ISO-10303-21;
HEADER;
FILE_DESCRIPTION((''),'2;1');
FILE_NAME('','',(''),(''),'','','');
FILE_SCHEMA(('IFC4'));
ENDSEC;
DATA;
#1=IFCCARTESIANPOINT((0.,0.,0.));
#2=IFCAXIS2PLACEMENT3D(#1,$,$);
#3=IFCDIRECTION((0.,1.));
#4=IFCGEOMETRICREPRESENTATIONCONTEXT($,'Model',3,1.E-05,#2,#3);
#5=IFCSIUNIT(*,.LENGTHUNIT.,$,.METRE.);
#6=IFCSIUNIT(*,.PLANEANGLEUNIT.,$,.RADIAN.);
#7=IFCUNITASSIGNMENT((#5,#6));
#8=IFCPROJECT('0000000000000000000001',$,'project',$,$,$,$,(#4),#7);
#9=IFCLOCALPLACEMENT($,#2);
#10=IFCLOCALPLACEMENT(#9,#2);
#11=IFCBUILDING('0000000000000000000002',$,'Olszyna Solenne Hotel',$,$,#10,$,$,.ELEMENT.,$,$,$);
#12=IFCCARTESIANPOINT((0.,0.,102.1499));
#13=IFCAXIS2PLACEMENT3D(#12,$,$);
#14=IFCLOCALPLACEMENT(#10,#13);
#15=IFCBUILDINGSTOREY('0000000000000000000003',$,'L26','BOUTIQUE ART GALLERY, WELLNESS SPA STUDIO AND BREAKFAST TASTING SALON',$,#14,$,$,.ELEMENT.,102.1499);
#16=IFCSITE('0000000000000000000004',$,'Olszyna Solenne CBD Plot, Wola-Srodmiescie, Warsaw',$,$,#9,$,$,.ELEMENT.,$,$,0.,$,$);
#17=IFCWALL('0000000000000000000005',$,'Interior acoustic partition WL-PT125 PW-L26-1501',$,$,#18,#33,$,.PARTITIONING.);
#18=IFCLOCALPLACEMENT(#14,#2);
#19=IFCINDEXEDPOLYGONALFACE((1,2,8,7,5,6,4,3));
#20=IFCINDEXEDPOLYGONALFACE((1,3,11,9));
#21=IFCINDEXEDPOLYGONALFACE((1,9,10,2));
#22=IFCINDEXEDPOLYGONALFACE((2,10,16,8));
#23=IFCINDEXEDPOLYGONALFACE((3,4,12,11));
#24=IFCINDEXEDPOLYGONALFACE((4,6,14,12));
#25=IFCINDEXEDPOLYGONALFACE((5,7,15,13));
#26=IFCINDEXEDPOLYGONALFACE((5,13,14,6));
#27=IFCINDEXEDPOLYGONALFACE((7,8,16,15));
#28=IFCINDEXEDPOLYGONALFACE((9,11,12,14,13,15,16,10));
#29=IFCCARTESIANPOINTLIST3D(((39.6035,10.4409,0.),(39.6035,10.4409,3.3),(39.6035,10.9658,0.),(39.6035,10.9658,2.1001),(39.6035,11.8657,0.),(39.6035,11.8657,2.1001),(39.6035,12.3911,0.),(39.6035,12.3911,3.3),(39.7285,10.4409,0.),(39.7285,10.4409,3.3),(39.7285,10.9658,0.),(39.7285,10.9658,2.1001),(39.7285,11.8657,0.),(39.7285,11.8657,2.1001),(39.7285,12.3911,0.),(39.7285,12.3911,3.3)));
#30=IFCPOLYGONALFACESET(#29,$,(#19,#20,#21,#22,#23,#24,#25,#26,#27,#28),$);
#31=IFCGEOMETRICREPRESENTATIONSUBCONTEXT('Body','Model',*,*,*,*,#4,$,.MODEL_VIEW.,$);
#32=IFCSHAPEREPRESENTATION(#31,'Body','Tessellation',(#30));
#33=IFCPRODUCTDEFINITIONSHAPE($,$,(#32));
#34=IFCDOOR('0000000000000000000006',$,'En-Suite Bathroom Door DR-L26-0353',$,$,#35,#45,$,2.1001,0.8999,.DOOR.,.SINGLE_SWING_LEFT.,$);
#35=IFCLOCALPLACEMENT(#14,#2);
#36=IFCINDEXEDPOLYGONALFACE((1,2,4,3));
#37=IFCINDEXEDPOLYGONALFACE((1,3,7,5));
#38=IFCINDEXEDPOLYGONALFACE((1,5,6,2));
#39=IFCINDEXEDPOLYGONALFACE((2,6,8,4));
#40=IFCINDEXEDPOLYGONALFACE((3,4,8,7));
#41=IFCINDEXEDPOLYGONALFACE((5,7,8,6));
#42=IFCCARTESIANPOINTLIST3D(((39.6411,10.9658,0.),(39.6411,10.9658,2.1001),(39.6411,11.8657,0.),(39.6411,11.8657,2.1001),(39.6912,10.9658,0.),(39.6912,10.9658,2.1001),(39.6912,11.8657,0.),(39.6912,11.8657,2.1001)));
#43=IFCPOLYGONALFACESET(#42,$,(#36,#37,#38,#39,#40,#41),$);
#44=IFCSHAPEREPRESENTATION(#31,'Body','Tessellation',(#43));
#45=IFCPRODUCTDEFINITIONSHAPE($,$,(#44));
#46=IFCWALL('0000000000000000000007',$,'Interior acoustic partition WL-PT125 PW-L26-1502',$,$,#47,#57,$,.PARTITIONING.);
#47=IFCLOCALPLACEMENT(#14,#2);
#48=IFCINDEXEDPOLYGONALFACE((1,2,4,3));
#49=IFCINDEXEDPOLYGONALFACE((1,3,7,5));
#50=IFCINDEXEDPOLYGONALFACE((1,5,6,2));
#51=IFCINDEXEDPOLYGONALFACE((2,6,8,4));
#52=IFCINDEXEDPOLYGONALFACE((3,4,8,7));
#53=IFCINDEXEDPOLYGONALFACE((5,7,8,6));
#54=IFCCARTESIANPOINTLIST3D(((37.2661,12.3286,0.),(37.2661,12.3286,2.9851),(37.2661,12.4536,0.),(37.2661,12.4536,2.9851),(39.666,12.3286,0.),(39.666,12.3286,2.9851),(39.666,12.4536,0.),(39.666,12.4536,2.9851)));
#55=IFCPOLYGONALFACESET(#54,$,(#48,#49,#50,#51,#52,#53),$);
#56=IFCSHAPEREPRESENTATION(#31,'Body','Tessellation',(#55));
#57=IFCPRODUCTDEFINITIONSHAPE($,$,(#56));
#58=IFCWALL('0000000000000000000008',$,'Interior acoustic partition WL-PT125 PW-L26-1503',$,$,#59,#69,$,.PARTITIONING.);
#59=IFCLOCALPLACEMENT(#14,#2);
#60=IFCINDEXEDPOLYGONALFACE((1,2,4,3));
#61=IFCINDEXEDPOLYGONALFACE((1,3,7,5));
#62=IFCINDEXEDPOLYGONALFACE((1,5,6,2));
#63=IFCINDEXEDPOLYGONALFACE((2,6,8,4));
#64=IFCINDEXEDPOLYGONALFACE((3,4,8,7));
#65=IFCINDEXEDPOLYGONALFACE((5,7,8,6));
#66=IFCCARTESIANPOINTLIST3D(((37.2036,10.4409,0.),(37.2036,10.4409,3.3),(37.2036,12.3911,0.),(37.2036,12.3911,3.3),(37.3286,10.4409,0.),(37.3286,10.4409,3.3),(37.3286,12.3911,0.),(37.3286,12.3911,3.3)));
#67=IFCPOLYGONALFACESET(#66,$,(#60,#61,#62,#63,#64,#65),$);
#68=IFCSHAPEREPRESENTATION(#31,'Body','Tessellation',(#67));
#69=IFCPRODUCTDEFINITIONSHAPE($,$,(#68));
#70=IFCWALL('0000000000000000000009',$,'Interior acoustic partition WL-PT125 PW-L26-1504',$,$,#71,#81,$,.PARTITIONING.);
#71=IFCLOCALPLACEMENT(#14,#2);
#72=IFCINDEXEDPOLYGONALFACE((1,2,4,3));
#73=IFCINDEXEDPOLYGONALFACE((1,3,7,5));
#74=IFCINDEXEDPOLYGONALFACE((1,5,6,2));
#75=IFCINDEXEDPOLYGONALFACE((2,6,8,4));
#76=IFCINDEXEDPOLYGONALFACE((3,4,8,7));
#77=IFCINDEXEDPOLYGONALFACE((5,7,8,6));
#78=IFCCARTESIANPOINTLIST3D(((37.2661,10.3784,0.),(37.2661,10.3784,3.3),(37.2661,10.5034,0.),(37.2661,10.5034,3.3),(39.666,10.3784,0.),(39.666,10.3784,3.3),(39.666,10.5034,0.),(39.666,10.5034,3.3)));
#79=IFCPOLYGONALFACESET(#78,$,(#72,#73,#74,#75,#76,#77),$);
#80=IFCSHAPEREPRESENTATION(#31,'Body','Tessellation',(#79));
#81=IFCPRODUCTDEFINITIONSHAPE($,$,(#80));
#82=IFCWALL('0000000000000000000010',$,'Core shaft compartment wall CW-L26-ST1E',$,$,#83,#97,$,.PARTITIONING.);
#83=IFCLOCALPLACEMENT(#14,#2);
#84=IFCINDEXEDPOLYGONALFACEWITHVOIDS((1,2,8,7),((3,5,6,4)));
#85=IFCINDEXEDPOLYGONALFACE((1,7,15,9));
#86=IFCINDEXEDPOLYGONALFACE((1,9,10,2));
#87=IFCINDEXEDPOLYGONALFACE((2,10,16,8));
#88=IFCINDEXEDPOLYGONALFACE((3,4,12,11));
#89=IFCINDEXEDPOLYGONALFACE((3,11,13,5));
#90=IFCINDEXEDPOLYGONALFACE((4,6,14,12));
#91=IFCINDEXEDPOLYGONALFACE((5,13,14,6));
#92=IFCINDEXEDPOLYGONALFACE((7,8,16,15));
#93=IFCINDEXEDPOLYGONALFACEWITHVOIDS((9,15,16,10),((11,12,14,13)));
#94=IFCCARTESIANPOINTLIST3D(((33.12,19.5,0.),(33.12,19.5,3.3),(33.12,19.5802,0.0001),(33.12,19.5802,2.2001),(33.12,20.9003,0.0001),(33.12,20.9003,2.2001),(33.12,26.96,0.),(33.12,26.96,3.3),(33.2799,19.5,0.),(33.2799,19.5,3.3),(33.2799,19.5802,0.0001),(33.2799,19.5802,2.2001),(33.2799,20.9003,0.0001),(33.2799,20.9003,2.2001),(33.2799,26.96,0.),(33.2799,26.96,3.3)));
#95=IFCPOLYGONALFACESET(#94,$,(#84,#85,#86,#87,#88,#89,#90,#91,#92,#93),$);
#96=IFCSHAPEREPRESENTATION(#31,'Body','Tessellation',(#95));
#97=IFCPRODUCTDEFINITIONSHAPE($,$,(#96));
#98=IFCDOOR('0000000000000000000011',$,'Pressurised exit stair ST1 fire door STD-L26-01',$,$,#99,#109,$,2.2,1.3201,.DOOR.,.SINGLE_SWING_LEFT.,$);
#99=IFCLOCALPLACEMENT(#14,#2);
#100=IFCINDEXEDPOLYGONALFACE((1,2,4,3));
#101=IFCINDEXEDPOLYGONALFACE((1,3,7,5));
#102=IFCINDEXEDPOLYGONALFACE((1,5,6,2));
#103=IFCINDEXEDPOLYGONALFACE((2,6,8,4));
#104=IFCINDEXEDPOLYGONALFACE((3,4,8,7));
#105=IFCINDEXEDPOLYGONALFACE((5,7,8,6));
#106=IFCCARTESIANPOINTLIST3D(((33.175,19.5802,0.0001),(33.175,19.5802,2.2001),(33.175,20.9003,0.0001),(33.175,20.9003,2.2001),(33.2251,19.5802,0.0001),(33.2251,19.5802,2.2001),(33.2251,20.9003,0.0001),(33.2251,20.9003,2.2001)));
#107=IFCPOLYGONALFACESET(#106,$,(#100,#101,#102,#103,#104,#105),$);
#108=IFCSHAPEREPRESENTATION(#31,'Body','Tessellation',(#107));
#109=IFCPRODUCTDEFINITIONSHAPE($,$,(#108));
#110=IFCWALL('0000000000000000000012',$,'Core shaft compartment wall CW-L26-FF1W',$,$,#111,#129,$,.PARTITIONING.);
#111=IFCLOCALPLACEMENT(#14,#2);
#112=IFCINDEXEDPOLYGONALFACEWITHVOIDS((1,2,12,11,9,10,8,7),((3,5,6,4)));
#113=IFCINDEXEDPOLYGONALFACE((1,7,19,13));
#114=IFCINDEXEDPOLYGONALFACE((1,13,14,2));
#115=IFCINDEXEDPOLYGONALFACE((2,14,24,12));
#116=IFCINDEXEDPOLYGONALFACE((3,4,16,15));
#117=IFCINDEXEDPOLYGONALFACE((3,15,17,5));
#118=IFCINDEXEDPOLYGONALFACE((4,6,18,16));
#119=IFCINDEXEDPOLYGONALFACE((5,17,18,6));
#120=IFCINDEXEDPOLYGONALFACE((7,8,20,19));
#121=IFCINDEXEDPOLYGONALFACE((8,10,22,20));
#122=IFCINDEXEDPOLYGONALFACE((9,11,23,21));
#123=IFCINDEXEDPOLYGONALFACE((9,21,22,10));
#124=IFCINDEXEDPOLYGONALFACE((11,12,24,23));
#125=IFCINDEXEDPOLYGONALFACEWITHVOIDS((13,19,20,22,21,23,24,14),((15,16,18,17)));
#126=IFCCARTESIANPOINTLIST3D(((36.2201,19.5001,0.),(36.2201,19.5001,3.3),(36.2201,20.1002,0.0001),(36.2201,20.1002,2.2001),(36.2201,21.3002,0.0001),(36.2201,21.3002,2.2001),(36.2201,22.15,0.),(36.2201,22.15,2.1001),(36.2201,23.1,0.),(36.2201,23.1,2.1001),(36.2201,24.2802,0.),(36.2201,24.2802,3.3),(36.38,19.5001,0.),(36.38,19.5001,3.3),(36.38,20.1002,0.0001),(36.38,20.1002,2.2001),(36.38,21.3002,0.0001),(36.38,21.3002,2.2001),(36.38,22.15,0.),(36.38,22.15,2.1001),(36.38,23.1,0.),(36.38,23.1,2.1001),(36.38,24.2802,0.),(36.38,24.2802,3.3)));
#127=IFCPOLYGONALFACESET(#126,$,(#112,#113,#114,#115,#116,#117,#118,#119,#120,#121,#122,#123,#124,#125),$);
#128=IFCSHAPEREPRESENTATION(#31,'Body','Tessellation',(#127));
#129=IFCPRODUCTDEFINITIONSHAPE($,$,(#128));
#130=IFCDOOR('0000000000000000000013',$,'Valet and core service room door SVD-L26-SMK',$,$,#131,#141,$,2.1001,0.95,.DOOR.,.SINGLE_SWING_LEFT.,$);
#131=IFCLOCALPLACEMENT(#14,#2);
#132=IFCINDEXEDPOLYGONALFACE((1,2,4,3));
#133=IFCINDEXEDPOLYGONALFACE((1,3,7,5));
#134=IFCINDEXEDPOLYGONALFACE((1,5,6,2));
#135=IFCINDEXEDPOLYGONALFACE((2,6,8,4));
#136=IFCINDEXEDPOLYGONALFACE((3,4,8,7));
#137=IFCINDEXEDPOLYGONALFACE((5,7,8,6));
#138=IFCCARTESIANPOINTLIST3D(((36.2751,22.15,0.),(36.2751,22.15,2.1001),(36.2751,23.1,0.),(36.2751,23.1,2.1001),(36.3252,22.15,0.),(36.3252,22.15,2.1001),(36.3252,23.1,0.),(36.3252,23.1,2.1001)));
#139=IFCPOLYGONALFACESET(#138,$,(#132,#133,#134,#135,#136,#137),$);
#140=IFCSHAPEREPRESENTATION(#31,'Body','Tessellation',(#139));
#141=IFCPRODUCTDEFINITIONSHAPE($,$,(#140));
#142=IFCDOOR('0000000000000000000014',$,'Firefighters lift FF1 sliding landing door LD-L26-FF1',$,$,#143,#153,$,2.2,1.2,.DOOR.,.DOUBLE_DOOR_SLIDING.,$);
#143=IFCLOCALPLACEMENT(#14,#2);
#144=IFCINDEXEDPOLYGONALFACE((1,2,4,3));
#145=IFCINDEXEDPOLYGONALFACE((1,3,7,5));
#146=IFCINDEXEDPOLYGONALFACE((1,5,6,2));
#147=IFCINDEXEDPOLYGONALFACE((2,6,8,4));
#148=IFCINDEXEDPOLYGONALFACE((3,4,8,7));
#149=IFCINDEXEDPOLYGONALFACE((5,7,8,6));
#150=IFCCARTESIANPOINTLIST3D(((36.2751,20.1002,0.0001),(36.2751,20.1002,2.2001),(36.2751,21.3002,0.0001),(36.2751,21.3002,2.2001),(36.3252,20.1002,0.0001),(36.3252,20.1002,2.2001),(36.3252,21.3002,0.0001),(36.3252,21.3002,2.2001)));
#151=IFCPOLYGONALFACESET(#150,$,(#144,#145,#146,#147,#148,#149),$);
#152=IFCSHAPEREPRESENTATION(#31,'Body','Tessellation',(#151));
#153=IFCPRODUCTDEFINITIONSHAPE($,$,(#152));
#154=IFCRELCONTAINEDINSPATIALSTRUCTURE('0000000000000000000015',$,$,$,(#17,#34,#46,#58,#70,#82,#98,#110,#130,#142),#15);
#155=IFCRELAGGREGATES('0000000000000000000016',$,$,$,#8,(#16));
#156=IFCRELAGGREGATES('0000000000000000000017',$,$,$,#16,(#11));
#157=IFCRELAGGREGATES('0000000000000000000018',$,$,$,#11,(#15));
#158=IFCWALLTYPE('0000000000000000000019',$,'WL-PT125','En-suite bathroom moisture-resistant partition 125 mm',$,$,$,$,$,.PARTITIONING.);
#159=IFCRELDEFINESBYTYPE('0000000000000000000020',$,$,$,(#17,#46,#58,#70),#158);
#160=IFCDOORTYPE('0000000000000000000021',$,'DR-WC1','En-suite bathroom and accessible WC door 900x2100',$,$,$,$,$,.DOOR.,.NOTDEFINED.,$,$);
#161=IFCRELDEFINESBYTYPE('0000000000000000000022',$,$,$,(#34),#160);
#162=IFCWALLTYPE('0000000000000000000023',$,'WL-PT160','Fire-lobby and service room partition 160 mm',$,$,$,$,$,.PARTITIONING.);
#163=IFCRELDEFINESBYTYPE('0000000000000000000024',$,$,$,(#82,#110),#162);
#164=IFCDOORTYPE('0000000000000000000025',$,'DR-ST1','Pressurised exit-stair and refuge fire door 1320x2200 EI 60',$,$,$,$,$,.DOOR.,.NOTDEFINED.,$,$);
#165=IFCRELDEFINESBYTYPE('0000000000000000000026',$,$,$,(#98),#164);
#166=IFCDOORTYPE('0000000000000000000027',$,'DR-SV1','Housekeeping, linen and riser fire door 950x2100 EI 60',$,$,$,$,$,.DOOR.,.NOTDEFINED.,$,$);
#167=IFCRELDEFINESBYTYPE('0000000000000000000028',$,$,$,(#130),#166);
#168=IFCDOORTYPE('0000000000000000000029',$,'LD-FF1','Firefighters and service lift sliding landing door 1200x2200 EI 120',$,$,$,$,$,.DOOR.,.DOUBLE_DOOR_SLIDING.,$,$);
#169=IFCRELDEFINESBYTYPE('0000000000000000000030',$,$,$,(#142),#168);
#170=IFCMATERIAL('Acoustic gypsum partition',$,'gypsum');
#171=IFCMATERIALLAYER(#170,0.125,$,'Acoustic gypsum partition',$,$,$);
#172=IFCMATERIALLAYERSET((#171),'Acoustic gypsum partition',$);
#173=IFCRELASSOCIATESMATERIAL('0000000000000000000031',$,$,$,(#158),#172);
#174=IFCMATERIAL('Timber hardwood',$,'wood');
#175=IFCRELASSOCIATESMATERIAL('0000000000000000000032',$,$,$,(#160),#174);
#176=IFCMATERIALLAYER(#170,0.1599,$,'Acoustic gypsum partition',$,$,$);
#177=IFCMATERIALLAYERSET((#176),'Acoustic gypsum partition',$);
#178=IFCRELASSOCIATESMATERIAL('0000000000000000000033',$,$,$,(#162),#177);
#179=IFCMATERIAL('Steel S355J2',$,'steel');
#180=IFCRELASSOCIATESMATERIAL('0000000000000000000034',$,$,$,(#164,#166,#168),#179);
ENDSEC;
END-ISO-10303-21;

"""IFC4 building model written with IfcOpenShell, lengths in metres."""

from ifc_helpers import new_model, si_unit, direction, frame, frame_2d, origin, place, context, subcontext, project, spatial, rectangle, extrude, source, transform, mapped, material, layer, layer_set, type_object, type_shapes, element, fill, save


model = new_model("IFC4")

# Units and contexts
model_context = context("Model", 3, precision=1e-05, world=origin(), true_north=direction((0.0, 1.0)))
body_context = subcontext(model_context, "Body", "Model", "MODEL_VIEW")
ifc_project = project(units=[si_unit("LENGTHUNIT", "METRE"), si_unit("PLANEANGLEUNIT", "RADIAN")], contexts=[model_context])

# Site, building, storey
site_placement = place(None, origin())
site = spatial("IfcSite", under=ifc_project, at=site_placement, Name="Olszyna Solenne CBD Plot, Wola-Srodmiescie, Warsaw", CompositionType="ELEMENT", RefElevation=0.0)
building_placement = place(site_placement, origin())
building = spatial("IfcBuilding", under=site, at=building_placement, Name="Olszyna Solenne Hotel", CompositionType="ELEMENT")
storey_placement = place(building_placement, frame((0.0, 0.0, 102.1499)))
storey = spatial("IfcBuildingStorey", under=building, at=storey_placement, Name="L26", Description="BOUTIQUE ART GALLERY, WELLNESS SPA STUDIO AND BREAKFAST TASTING SALON", CompositionType="ELEMENT", Elevation=102.1499)

# Shared definitions
ifc_material_1 = material(Name="Steel S355J2", Category="steel")

# Shared definitions
ifc_material_2 = material(Name="Acoustic gypsum partition", Category="gypsum")
ifc_layer_1 = layer(ifc_material_2, 0.125, Name="Acoustic gypsum partition")
ifc_layer_set_1 = layer_set([ifc_layer_1], Name="Acoustic gypsum partition")
wall_type_1 = type_object("IfcWallType", Name="WL-PT125", Description="En-suite bathroom moisture-resistant partition 125 mm", PredefinedType="PARTITIONING", material=ifc_layer_set_1)

# Shared definitions
ifc_material_3 = material(Name="Timber hardwood", Category="wood")
door_type_1 = type_object("IfcDoorType", Name="DR-WC1", Description="En-suite bathroom and accessible WC door 900x2100", OperationType="NOTDEFINED", PredefinedType="DOOR", material=ifc_material_3)
shared_shape_1 = source(origin(), body_context, "Body", "SweptSolid", [
    extrude(rectangle(XDim=0.8999, YDim=2.1001, at=frame_2d((0.45, 1.05))), frame((0.0, 0.0249, 0.0), z_axis=(0.0, -1.0, 0.0), x_axis=(1.0, 0.0, 0.0)), (0.0, 0.0, 1.0), 0.05),
])
type_shapes(door_type_1, [shared_shape_1])

# Wall, opening, door
wall_1_placement = place(storey_placement, frame((39.666, 10.4409, 0.0), z_axis=(0.0, 0.0, 1.0), x_axis=(0.0, 1.0, 0.0)))
wall_1 = element("IfcWall", 1, at=wall_1_placement, inside=storey, type_object=wall_type_1, Name="Interior acoustic partition WL-PT125 PW-L26-1501", PredefinedType="PARTITIONING", context=body_context, shape_type="SweptSolid", body=[
    extrude(rectangle(XDim=1.9502, YDim=0.125, at=frame_2d((0.9751, 0.0))), origin(), (0.0, 0.0, 1.0), 3.3),
])
opening_1_placement = place(wall_1_placement, frame((0.5249, 0.0, 0.0)))
opening_1 = element("IfcOpeningElement", 2, at=opening_1_placement, cuts=wall_1, PredefinedType="OPENING", context=body_context, shape_type="SweptSolid", body=[
    extrude(rectangle(XDim=0.8999, YDim=2.1001, at=frame_2d((0.45, 1.05))), frame((0.0, 0.0725, 0.0), z_axis=(0.0, -1.0, 0.0), x_axis=(1.0, 0.0, 0.0)), (0.0, 0.0, 1.0), 0.145),
])
door_1_placement = place(opening_1_placement, origin())
door_1 = element("IfcDoor", 3, at=door_1_placement, inside=storey, type_object=door_type_1, Name="En-Suite Bathroom Door DR-L26-0353", OperationType="SINGLE_SWING_LEFT", OverallHeight=2.1001, OverallWidth=0.8999, PredefinedType="DOOR", context=body_context, shape_type="MappedRepresentation", body=[
    mapped(shared_shape_1, transform((0.0, 0.0, 0.0), x_axis=(1.0, 0.0, 0.0), y_axis=(0.0, 1.0, 0.0), z_axis=(0.0, 0.0, 1.0), scale=1.0)),
])
fill(opening_1, door_1)

# Walls
wall_2_placement = place(storey_placement, frame((39.666, 12.3911, 0.0), z_axis=(0.0, 0.0, 1.0), x_axis=(-1.0, 0.0, 0.0)))
element("IfcWall", 4, at=wall_2_placement, inside=storey, type_object=wall_type_1, Name="Interior acoustic partition WL-PT125 PW-L26-1502", PredefinedType="PARTITIONING", context=body_context, shape_type="SweptSolid", body=[
    extrude(rectangle(XDim=2.3999, YDim=0.125, at=frame_2d((1.2, 0.0))), origin(), (0.0, 0.0, 1.0), 2.9851),
])
wall_3_placement = place(storey_placement, frame((37.2661, 12.3911, 0.0), z_axis=(0.0, 0.0, 1.0), x_axis=(0.0, -1.0, 0.0)))
element("IfcWall", 5, at=wall_3_placement, inside=storey, type_object=wall_type_1, Name="Interior acoustic partition WL-PT125 PW-L26-1503", PredefinedType="PARTITIONING", context=body_context, shape_type="SweptSolid", body=[
    extrude(rectangle(XDim=1.9502, YDim=0.125, at=frame_2d((0.9751, 0.0))), origin(), (0.0, 0.0, 1.0), 3.3),
])
wall_4_placement = place(storey_placement, frame((37.2661, 10.4409, 0.0), z_axis=(0.0, 0.0, 1.0), x_axis=(1.0, 0.0, 0.0)))
element("IfcWall", 6, at=wall_4_placement, inside=storey, type_object=wall_type_1, Name="Interior acoustic partition WL-PT125 PW-L26-1504", PredefinedType="PARTITIONING", context=body_context, shape_type="SweptSolid", body=[
    extrude(rectangle(XDim=2.3999, YDim=0.125, at=frame_2d((1.2, 0.0))), origin(), (0.0, 0.0, 1.0), 3.3),
])

# Wall, opening, door
ifc_layer_2 = layer(ifc_material_2, 0.1599, Name="Acoustic gypsum partition")
ifc_layer_set_2 = layer_set([ifc_layer_2], Name="Acoustic gypsum partition")
wall_type_2 = type_object("IfcWallType", Name="WL-PT160", Description="Fire-lobby and service room partition 160 mm", PredefinedType="PARTITIONING", material=ifc_layer_set_2)
wall_5_placement = place(storey_placement, frame((33.2, 19.5, 0.0), z_axis=(0.0, 0.0, 1.0), x_axis=(0.0, 1.0, 0.0)))
wall_5 = element("IfcWall", 7, at=wall_5_placement, inside=storey, type_object=wall_type_2, Name="Core shaft compartment wall CW-L26-ST1E", PredefinedType="PARTITIONING", context=body_context, shape_type="SweptSolid", body=[
    extrude(rectangle(XDim=7.46, YDim=0.1599, at=frame_2d((3.73, 0.0))), origin(), (0.0, 0.0, 1.0), 3.3),
])
opening_2_placement = place(wall_5_placement, frame((0.0801, 0.0, 0.0)))
opening_2 = element("IfcOpeningElement", 8, at=opening_2_placement, cuts=wall_5, PredefinedType="OPENING", context=body_context, shape_type="SweptSolid", body=[
    extrude(rectangle(XDim=1.3201, YDim=2.2, at=frame_2d((0.6602, 1.1001))), frame((0.0, 0.0898, 0.0), z_axis=(0.0, -1.0, 0.0), x_axis=(1.0, 0.0, 0.0)), (0.0, 0.0, 1.0), 0.1799),
])
door_type_2 = type_object("IfcDoorType", Name="DR-ST1", Description="Pressurised exit-stair and refuge fire door 1320x2200 EI 60", OperationType="NOTDEFINED", PredefinedType="DOOR", material=ifc_material_1)
shared_shape_2 = source(origin(), body_context, "Body", "SweptSolid", [
    extrude(rectangle(XDim=1.3201, YDim=2.2, at=frame_2d((0.6602, 1.1001))), frame((0.0, 0.0249, 0.0), z_axis=(0.0, -1.0, 0.0), x_axis=(1.0, 0.0, 0.0)), (0.0, 0.0, 1.0), 0.05),
])
type_shapes(door_type_2, [shared_shape_2])
door_2_placement = place(opening_2_placement, origin())
door_2 = element("IfcDoor", 9, at=door_2_placement, inside=storey, type_object=door_type_2, Name="Pressurised exit stair ST1 fire door STD-L26-01", OperationType="SINGLE_SWING_LEFT", OverallHeight=2.2, OverallWidth=1.3201, PredefinedType="DOOR", context=body_context, shape_type="MappedRepresentation", body=[
    mapped(shared_shape_2, transform((0.0, 0.0, 0.0), x_axis=(1.0, 0.0, 0.0), y_axis=(0.0, 1.0, 0.0), z_axis=(0.0, 0.0, 1.0), scale=1.0)),
])
fill(opening_2, door_2)

# Wall, openings, doors
wall_6_placement = place(storey_placement, frame((36.3, 19.5, 0.0), z_axis=(0.0, 0.0, 1.0), x_axis=(0.0, 1.0, 0.0)))
wall_6 = element("IfcWall", 10, at=wall_6_placement, inside=storey, type_object=wall_type_2, Name="Core shaft compartment wall CW-L26-FF1W", PredefinedType="PARTITIONING", context=body_context, shape_type="SweptSolid", body=[
    extrude(rectangle(XDim=4.78, YDim=0.1599, at=frame_2d((2.3901, 0.0))), origin(), (0.0, 0.0, 1.0), 3.3),
])
opening_3_placement = place(wall_6_placement, frame((0.6001, 0.0, 0.0)))
opening_3 = element("IfcOpeningElement", 11, at=opening_3_placement, cuts=wall_6, PredefinedType="OPENING", context=body_context, shape_type="SweptSolid", body=[
    extrude(rectangle(XDim=1.2, YDim=2.2, at=frame_2d((0.6001, 1.1001))), frame((0.0, 0.0898, 0.0), z_axis=(0.0, -1.0, 0.0), x_axis=(1.0, 0.0, 0.0)), (0.0, 0.0, 1.0), 0.1799),
])
opening_4_placement = place(wall_6_placement, frame((2.6499, 0.0, 0.0)))
opening_4 = element("IfcOpeningElement", 12, at=opening_4_placement, cuts=wall_6, PredefinedType="OPENING", context=body_context, shape_type="SweptSolid", body=[
    extrude(rectangle(XDim=0.95, YDim=2.1001, at=frame_2d((0.4751, 1.05))), frame((0.0, 0.0898, 0.0), z_axis=(0.0, -1.0, 0.0), x_axis=(1.0, 0.0, 0.0)), (0.0, 0.0, 1.0), 0.1799),
])
door_type_3 = type_object("IfcDoorType", Name="DR-SV1", Description="Housekeeping, linen and riser fire door 950x2100 EI 60", OperationType="NOTDEFINED", PredefinedType="DOOR", material=ifc_material_1)
shared_shape_3 = source(origin(), body_context, "Body", "SweptSolid", [
    extrude(rectangle(XDim=0.95, YDim=2.1001, at=frame_2d((0.4751, 1.05))), frame((0.0, 0.0249, 0.0), z_axis=(0.0, -1.0, 0.0), x_axis=(1.0, 0.0, 0.0)), (0.0, 0.0, 1.0), 0.05),
])
type_shapes(door_type_3, [shared_shape_3])
door_3_placement = place(opening_4_placement, origin())
door_3 = element("IfcDoor", 13, at=door_3_placement, inside=storey, type_object=door_type_3, Name="Valet and core service room door SVD-L26-SMK", OperationType="SINGLE_SWING_LEFT", OverallHeight=2.1001, OverallWidth=0.95, PredefinedType="DOOR", context=body_context, shape_type="MappedRepresentation", body=[
    mapped(shared_shape_3, transform((0.0, 0.0, 0.0), x_axis=(1.0, 0.0, 0.0), y_axis=(0.0, 1.0, 0.0), z_axis=(0.0, 0.0, 1.0), scale=1.0)),
])
fill(opening_4, door_3)
door_type_4 = type_object("IfcDoorType", Name="LD-FF1", Description="Firefighters and service lift sliding landing door 1200x2200 EI 120", OperationType="DOUBLE_DOOR_SLIDING", PredefinedType="DOOR", material=ifc_material_1)
shared_shape_4 = source(origin(), body_context, "Body", "SweptSolid", [
    extrude(rectangle(XDim=1.2, YDim=2.2, at=frame_2d((0.6001, 1.1001))), frame((0.0, 0.0249, 0.0), z_axis=(0.0, -1.0, 0.0), x_axis=(1.0, 0.0, 0.0)), (0.0, 0.0, 1.0), 0.05),
])
type_shapes(door_type_4, [shared_shape_4])
door_4_placement = place(opening_3_placement, origin())
door_4 = element("IfcDoor", 14, at=door_4_placement, inside=storey, type_object=door_type_4, Name="Firefighters lift FF1 sliding landing door LD-L26-FF1", OperationType="DOUBLE_DOOR_SLIDING", OverallHeight=2.2, OverallWidth=1.2, PredefinedType="DOOR", context=body_context, shape_type="MappedRepresentation", body=[
    mapped(shared_shape_4, transform((0.0, 0.0, 0.0), x_axis=(1.0, 0.0, 0.0), y_axis=(0.0, 1.0, 0.0), z_axis=(0.0, 0.0, 1.0), scale=1.0)),
])
fill(opening_3, door_4)

save(model, "model.ifc")
